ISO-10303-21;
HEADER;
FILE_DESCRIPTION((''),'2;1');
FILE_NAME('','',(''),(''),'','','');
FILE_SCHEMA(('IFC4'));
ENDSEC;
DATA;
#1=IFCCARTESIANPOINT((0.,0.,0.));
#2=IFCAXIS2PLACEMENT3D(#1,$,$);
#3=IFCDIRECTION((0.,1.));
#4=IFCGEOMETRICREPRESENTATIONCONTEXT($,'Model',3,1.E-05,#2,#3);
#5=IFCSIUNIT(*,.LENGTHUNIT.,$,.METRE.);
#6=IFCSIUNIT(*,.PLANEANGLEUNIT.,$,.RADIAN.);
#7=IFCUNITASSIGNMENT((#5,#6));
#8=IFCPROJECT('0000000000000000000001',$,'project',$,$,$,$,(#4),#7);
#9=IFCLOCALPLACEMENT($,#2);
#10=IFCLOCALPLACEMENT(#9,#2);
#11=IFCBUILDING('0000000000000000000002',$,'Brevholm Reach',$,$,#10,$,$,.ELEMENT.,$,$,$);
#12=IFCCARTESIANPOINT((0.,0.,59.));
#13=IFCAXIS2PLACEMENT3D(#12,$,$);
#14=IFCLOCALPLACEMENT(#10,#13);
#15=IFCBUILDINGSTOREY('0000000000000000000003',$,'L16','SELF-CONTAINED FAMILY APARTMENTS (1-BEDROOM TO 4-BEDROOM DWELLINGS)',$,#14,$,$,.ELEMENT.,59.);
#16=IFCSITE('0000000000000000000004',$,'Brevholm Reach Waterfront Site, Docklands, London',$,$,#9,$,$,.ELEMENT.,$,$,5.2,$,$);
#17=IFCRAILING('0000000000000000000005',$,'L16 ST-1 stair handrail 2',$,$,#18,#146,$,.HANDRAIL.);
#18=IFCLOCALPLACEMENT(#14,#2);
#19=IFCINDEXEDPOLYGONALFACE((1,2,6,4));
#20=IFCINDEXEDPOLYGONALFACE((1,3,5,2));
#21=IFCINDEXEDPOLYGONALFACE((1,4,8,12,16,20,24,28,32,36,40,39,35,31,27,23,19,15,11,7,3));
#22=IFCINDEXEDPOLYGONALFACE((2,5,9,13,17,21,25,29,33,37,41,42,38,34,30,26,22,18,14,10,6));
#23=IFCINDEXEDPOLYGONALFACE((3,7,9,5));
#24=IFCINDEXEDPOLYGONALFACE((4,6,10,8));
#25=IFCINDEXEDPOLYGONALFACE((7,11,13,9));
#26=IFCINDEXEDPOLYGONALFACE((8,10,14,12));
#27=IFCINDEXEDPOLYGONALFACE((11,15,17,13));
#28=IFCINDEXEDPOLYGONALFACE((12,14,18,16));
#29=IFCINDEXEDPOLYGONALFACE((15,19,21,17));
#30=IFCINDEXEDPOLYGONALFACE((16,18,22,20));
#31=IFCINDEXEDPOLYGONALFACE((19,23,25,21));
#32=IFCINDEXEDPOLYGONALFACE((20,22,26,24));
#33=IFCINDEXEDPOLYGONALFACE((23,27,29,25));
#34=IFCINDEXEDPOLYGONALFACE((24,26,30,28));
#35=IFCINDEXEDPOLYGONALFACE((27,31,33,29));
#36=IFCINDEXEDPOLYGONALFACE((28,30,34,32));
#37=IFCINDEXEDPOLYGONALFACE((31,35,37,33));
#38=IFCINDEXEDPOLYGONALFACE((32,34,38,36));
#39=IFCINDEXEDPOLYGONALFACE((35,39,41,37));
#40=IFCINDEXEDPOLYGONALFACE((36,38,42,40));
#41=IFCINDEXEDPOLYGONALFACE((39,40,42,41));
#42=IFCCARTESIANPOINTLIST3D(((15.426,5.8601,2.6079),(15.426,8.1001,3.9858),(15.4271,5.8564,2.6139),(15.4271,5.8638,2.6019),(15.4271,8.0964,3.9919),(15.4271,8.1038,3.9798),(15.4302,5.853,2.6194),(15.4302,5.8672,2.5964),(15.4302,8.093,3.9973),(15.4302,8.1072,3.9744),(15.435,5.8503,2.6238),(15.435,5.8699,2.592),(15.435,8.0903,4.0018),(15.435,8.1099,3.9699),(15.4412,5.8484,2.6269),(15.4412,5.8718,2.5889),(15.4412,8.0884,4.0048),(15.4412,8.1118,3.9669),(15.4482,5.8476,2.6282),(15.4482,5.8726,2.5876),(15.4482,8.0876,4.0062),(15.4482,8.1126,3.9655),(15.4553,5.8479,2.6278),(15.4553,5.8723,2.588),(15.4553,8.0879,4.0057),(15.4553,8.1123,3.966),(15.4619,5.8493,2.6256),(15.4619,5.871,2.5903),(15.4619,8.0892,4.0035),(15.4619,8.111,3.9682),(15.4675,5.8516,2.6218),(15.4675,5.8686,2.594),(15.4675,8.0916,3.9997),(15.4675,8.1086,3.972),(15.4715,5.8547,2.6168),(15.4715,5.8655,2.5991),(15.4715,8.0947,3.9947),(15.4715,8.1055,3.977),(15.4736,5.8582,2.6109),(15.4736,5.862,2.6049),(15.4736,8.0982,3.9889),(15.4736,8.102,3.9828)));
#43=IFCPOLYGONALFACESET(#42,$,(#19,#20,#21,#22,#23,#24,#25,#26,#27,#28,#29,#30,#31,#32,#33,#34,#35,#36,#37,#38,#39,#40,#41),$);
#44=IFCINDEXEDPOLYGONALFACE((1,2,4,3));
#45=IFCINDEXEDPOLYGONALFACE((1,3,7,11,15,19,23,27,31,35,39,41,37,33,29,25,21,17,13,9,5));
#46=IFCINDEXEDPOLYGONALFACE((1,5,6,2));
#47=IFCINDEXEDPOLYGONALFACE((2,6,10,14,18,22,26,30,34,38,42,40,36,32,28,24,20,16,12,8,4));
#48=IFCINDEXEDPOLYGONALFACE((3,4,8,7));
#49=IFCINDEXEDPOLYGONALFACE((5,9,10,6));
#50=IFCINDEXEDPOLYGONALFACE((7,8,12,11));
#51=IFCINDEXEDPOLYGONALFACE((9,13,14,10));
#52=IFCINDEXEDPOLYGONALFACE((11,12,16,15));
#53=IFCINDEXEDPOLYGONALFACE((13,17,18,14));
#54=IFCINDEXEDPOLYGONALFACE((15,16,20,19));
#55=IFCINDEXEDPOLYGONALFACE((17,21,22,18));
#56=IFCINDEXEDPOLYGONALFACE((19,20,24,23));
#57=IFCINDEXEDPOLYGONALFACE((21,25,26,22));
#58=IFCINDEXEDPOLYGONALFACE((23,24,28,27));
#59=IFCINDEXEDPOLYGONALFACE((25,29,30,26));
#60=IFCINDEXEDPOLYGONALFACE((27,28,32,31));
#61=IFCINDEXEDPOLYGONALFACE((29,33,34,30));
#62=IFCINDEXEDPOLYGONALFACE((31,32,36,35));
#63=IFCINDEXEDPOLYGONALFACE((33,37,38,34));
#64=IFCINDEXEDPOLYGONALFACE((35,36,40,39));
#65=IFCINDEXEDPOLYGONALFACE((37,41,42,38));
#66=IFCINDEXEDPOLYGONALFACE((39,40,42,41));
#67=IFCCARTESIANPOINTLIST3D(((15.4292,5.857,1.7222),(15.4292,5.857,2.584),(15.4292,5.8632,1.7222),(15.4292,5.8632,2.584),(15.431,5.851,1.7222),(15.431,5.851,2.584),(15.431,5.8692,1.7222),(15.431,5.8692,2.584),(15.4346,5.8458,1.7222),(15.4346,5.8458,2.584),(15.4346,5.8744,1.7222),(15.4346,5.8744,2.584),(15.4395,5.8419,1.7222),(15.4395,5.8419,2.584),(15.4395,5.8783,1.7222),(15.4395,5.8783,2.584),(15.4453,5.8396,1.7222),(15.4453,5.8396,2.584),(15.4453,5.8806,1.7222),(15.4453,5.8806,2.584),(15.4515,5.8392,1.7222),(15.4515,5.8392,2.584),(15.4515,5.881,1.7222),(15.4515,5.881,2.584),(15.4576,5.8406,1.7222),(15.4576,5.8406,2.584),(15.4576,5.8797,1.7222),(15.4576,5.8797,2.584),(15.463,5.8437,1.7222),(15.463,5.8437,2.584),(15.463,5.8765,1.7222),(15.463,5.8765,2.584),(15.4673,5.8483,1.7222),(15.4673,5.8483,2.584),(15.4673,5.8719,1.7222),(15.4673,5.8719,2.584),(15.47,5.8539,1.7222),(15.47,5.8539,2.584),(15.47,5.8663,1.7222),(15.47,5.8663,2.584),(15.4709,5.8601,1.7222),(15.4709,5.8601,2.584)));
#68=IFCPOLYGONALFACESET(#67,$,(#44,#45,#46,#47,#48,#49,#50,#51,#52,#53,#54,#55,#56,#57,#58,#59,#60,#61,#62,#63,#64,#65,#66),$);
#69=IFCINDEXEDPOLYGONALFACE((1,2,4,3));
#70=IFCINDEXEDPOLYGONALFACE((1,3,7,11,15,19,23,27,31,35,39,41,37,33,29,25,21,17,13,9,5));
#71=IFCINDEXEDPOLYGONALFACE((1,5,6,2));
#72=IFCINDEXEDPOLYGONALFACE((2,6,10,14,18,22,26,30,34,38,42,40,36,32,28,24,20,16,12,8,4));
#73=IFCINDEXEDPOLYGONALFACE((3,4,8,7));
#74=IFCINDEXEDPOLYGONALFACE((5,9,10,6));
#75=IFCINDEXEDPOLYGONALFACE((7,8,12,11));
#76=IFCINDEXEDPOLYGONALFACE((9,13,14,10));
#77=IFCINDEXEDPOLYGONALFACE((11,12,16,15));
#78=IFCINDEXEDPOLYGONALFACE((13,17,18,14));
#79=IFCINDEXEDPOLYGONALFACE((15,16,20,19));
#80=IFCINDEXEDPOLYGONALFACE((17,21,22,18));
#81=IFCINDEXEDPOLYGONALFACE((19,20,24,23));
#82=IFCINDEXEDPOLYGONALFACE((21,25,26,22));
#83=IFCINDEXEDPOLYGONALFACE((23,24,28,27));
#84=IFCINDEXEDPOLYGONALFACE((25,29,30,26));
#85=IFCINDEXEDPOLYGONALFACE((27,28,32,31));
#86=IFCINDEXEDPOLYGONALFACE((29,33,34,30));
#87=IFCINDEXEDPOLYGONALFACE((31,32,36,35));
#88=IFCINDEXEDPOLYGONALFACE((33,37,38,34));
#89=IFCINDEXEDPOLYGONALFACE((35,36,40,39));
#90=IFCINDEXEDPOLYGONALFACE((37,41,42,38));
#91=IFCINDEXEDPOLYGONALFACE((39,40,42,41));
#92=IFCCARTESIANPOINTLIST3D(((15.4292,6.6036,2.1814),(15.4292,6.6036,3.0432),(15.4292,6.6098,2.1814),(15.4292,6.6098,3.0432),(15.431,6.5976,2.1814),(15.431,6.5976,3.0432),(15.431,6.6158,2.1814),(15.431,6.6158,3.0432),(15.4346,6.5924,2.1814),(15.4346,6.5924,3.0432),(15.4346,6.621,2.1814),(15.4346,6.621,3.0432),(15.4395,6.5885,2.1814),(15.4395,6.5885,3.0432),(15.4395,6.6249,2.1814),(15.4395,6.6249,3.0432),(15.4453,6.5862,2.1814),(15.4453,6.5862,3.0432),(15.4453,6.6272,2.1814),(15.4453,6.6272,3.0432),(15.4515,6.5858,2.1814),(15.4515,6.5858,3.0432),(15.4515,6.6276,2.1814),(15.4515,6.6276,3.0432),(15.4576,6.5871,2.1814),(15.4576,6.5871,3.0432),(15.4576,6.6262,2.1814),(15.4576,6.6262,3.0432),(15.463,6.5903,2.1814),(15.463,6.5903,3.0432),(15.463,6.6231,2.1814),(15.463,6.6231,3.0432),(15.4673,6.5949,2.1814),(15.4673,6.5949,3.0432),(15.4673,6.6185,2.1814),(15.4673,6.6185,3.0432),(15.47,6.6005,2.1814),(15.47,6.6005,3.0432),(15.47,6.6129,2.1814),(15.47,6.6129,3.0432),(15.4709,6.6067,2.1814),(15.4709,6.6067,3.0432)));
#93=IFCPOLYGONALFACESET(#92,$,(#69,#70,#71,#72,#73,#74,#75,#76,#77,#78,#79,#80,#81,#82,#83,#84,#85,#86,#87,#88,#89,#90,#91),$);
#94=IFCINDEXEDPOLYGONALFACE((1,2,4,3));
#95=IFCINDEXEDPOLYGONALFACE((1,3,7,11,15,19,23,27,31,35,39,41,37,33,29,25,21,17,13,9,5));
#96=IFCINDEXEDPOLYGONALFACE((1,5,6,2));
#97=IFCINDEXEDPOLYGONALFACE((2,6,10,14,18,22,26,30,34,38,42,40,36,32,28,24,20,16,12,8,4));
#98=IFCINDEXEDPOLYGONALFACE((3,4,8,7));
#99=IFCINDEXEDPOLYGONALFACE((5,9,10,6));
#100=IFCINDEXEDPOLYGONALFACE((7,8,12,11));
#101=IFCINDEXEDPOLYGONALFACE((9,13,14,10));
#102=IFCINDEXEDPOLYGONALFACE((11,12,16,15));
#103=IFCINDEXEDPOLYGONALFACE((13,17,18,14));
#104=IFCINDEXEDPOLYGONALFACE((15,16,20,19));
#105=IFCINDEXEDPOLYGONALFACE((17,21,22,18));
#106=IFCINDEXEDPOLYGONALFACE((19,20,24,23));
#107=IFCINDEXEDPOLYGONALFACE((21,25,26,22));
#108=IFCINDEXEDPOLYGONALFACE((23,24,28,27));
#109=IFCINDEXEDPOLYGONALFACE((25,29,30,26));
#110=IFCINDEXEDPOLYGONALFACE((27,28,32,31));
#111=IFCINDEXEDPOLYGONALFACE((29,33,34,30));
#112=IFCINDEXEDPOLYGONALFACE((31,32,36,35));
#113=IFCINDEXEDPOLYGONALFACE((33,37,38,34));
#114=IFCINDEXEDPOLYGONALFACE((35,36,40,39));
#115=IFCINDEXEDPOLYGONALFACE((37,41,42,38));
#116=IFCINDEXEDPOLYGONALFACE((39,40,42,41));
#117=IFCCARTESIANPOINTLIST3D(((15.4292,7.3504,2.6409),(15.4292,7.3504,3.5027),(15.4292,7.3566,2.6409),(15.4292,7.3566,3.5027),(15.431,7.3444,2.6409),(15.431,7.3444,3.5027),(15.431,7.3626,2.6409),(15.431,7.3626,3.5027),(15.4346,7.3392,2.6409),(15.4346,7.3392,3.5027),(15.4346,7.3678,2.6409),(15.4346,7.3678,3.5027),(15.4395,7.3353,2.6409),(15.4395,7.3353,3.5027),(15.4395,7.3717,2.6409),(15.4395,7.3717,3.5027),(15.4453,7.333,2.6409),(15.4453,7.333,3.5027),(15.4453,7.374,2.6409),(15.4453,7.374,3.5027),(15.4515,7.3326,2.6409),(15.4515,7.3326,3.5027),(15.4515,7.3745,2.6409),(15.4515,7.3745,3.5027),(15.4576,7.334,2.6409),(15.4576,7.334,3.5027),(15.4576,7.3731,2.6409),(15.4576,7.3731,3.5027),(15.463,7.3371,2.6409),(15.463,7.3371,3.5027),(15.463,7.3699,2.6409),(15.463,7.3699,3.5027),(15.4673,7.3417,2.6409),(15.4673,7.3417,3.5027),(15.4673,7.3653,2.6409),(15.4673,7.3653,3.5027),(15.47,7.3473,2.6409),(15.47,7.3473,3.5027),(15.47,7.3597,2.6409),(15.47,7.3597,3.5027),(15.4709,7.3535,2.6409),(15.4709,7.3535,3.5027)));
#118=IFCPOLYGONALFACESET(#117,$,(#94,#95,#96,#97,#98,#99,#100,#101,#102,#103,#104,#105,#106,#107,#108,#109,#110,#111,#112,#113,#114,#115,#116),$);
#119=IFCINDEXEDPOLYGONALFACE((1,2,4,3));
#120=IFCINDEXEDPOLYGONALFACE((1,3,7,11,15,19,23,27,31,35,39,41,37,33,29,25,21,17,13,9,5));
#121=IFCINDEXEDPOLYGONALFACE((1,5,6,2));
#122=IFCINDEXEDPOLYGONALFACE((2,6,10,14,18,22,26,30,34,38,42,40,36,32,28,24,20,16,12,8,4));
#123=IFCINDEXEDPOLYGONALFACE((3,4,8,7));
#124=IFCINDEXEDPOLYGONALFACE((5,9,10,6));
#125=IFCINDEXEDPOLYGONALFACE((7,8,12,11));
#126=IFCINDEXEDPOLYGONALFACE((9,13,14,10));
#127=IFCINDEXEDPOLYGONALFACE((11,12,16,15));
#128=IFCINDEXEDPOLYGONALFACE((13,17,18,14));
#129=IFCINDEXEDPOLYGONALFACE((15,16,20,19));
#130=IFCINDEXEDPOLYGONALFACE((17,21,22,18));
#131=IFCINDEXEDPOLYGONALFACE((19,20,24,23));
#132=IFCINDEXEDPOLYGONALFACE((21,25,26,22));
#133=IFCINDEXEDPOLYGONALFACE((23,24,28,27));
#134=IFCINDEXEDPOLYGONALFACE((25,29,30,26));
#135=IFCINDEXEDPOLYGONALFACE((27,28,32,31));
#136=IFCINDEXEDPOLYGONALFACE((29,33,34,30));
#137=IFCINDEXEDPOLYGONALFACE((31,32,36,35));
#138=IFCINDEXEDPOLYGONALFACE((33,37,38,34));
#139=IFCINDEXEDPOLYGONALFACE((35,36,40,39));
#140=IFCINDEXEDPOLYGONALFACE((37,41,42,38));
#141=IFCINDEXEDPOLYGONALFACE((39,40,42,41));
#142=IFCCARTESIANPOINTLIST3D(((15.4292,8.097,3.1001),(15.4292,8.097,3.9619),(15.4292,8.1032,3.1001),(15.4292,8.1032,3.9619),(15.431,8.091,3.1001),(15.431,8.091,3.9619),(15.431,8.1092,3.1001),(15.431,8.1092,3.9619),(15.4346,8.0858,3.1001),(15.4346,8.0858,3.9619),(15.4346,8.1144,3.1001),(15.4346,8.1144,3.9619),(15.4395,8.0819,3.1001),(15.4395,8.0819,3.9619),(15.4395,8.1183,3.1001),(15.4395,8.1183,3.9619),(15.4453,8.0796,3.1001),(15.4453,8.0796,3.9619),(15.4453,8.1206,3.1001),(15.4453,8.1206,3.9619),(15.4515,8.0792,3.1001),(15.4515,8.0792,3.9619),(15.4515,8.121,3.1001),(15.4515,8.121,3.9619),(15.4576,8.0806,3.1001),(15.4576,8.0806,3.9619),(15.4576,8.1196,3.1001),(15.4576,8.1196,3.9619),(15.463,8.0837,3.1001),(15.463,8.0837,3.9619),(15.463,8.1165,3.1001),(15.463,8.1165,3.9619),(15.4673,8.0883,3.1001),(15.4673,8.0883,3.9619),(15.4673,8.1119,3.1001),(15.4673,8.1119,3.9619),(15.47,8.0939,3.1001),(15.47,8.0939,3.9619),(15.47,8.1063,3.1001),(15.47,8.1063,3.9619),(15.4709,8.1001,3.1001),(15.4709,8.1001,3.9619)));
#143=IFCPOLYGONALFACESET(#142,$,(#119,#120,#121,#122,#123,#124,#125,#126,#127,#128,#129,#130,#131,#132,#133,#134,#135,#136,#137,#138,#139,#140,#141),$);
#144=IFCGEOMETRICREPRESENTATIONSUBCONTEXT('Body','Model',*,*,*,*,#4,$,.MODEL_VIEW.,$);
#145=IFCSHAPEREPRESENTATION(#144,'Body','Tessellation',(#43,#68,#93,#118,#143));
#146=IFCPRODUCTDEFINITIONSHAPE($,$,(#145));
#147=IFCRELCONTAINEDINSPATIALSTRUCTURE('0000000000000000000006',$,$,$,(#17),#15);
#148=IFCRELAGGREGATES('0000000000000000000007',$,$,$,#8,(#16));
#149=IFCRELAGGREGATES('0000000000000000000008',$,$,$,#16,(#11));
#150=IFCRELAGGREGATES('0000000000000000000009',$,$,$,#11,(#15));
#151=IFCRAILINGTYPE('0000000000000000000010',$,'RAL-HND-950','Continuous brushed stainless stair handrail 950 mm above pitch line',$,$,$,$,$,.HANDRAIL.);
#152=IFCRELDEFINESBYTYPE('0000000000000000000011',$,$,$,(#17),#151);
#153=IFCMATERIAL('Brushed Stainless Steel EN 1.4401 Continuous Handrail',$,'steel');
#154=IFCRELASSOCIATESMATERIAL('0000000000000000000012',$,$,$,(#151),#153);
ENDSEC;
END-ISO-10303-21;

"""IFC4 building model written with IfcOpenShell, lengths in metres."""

from ifc_helpers import new_model, si_unit, direction, frame, origin, origin_2d, place, context, subcontext, project, spatial, circle, extrude, material, type_object, element, save


model = new_model("IFC4")

# Units and contexts
model_context = context("Model", 3, precision=1e-05, world=origin(), true_north=direction((0.0, 1.0)))
body_context = subcontext(model_context, "Body", "Model", "MODEL_VIEW")
ifc_project = project(units=[si_unit("LENGTHUNIT", "METRE"), si_unit("PLANEANGLEUNIT", "RADIAN")], contexts=[model_context])

# Site, building, storey
site_placement = place(None, origin())
site = spatial("IfcSite", under=ifc_project, at=site_placement, Name="Brevholm Reach Waterfront Site, Docklands, London", CompositionType="ELEMENT", RefElevation=5.2)
building_placement = place(site_placement, origin())
building = spatial("IfcBuilding", under=site, at=building_placement, Name="Brevholm Reach", CompositionType="ELEMENT")
storey_placement = place(building_placement, frame((0.0, 0.0, 59.0)))
storey = spatial("IfcBuildingStorey", under=building, at=storey_placement, Name="L16", Description="SELF-CONTAINED FAMILY APARTMENTS (1-BEDROOM TO 4-BEDROOM DWELLINGS)", CompositionType="ELEMENT", Elevation=59.0)

# Railing
ifc_material_1 = material(Name="Brushed Stainless Steel EN 1.4401 Continuous Handrail", Category="steel")
railing_type_1 = type_object("IfcRailingType", Name="RAL-HND-950", Description="Continuous brushed stainless stair handrail 950 mm above pitch line", PredefinedType="HANDRAIL", material=ifc_material_1)
railing_1_placement = place(storey_placement, frame((15.45, 5.8601, 1.7222)))
element("IfcRailing", 1, at=railing_1_placement, inside=storey, type_object=railing_type_1, Name="L16 ST-1 stair handrail 2", PredefinedType="HANDRAIL", context=body_context, shape_type="SweptSolid", body=[
    extrude(circle(Radius=0.0239, at=origin_2d()), frame((0.0, 0.0, 0.8857), z_axis=(0.0, 0.851748, 0.523952), x_axis=(-1.0, 0.0, 0.0)), (0.0, 0.0, 1.0), 2.6299),
    extrude(circle(Radius=0.021, at=origin_2d()), origin(), (0.0, 0.0, 1.0), 0.8618),
    extrude(circle(Radius=0.021, at=origin_2d()), frame((0.0, 0.7466, 0.4592)), (0.0, 0.0, 1.0), 0.8618),
    extrude(circle(Radius=0.021, at=origin_2d()), frame((0.0, 1.4934, 0.9187)), (0.0, 0.0, 1.0), 0.8618),
    extrude(circle(Radius=0.021, at=origin_2d()), frame((0.0, 2.24, 1.3779)), (0.0, 0.0, 1.0), 0.8618),
])

save(model, "model.ifc")
